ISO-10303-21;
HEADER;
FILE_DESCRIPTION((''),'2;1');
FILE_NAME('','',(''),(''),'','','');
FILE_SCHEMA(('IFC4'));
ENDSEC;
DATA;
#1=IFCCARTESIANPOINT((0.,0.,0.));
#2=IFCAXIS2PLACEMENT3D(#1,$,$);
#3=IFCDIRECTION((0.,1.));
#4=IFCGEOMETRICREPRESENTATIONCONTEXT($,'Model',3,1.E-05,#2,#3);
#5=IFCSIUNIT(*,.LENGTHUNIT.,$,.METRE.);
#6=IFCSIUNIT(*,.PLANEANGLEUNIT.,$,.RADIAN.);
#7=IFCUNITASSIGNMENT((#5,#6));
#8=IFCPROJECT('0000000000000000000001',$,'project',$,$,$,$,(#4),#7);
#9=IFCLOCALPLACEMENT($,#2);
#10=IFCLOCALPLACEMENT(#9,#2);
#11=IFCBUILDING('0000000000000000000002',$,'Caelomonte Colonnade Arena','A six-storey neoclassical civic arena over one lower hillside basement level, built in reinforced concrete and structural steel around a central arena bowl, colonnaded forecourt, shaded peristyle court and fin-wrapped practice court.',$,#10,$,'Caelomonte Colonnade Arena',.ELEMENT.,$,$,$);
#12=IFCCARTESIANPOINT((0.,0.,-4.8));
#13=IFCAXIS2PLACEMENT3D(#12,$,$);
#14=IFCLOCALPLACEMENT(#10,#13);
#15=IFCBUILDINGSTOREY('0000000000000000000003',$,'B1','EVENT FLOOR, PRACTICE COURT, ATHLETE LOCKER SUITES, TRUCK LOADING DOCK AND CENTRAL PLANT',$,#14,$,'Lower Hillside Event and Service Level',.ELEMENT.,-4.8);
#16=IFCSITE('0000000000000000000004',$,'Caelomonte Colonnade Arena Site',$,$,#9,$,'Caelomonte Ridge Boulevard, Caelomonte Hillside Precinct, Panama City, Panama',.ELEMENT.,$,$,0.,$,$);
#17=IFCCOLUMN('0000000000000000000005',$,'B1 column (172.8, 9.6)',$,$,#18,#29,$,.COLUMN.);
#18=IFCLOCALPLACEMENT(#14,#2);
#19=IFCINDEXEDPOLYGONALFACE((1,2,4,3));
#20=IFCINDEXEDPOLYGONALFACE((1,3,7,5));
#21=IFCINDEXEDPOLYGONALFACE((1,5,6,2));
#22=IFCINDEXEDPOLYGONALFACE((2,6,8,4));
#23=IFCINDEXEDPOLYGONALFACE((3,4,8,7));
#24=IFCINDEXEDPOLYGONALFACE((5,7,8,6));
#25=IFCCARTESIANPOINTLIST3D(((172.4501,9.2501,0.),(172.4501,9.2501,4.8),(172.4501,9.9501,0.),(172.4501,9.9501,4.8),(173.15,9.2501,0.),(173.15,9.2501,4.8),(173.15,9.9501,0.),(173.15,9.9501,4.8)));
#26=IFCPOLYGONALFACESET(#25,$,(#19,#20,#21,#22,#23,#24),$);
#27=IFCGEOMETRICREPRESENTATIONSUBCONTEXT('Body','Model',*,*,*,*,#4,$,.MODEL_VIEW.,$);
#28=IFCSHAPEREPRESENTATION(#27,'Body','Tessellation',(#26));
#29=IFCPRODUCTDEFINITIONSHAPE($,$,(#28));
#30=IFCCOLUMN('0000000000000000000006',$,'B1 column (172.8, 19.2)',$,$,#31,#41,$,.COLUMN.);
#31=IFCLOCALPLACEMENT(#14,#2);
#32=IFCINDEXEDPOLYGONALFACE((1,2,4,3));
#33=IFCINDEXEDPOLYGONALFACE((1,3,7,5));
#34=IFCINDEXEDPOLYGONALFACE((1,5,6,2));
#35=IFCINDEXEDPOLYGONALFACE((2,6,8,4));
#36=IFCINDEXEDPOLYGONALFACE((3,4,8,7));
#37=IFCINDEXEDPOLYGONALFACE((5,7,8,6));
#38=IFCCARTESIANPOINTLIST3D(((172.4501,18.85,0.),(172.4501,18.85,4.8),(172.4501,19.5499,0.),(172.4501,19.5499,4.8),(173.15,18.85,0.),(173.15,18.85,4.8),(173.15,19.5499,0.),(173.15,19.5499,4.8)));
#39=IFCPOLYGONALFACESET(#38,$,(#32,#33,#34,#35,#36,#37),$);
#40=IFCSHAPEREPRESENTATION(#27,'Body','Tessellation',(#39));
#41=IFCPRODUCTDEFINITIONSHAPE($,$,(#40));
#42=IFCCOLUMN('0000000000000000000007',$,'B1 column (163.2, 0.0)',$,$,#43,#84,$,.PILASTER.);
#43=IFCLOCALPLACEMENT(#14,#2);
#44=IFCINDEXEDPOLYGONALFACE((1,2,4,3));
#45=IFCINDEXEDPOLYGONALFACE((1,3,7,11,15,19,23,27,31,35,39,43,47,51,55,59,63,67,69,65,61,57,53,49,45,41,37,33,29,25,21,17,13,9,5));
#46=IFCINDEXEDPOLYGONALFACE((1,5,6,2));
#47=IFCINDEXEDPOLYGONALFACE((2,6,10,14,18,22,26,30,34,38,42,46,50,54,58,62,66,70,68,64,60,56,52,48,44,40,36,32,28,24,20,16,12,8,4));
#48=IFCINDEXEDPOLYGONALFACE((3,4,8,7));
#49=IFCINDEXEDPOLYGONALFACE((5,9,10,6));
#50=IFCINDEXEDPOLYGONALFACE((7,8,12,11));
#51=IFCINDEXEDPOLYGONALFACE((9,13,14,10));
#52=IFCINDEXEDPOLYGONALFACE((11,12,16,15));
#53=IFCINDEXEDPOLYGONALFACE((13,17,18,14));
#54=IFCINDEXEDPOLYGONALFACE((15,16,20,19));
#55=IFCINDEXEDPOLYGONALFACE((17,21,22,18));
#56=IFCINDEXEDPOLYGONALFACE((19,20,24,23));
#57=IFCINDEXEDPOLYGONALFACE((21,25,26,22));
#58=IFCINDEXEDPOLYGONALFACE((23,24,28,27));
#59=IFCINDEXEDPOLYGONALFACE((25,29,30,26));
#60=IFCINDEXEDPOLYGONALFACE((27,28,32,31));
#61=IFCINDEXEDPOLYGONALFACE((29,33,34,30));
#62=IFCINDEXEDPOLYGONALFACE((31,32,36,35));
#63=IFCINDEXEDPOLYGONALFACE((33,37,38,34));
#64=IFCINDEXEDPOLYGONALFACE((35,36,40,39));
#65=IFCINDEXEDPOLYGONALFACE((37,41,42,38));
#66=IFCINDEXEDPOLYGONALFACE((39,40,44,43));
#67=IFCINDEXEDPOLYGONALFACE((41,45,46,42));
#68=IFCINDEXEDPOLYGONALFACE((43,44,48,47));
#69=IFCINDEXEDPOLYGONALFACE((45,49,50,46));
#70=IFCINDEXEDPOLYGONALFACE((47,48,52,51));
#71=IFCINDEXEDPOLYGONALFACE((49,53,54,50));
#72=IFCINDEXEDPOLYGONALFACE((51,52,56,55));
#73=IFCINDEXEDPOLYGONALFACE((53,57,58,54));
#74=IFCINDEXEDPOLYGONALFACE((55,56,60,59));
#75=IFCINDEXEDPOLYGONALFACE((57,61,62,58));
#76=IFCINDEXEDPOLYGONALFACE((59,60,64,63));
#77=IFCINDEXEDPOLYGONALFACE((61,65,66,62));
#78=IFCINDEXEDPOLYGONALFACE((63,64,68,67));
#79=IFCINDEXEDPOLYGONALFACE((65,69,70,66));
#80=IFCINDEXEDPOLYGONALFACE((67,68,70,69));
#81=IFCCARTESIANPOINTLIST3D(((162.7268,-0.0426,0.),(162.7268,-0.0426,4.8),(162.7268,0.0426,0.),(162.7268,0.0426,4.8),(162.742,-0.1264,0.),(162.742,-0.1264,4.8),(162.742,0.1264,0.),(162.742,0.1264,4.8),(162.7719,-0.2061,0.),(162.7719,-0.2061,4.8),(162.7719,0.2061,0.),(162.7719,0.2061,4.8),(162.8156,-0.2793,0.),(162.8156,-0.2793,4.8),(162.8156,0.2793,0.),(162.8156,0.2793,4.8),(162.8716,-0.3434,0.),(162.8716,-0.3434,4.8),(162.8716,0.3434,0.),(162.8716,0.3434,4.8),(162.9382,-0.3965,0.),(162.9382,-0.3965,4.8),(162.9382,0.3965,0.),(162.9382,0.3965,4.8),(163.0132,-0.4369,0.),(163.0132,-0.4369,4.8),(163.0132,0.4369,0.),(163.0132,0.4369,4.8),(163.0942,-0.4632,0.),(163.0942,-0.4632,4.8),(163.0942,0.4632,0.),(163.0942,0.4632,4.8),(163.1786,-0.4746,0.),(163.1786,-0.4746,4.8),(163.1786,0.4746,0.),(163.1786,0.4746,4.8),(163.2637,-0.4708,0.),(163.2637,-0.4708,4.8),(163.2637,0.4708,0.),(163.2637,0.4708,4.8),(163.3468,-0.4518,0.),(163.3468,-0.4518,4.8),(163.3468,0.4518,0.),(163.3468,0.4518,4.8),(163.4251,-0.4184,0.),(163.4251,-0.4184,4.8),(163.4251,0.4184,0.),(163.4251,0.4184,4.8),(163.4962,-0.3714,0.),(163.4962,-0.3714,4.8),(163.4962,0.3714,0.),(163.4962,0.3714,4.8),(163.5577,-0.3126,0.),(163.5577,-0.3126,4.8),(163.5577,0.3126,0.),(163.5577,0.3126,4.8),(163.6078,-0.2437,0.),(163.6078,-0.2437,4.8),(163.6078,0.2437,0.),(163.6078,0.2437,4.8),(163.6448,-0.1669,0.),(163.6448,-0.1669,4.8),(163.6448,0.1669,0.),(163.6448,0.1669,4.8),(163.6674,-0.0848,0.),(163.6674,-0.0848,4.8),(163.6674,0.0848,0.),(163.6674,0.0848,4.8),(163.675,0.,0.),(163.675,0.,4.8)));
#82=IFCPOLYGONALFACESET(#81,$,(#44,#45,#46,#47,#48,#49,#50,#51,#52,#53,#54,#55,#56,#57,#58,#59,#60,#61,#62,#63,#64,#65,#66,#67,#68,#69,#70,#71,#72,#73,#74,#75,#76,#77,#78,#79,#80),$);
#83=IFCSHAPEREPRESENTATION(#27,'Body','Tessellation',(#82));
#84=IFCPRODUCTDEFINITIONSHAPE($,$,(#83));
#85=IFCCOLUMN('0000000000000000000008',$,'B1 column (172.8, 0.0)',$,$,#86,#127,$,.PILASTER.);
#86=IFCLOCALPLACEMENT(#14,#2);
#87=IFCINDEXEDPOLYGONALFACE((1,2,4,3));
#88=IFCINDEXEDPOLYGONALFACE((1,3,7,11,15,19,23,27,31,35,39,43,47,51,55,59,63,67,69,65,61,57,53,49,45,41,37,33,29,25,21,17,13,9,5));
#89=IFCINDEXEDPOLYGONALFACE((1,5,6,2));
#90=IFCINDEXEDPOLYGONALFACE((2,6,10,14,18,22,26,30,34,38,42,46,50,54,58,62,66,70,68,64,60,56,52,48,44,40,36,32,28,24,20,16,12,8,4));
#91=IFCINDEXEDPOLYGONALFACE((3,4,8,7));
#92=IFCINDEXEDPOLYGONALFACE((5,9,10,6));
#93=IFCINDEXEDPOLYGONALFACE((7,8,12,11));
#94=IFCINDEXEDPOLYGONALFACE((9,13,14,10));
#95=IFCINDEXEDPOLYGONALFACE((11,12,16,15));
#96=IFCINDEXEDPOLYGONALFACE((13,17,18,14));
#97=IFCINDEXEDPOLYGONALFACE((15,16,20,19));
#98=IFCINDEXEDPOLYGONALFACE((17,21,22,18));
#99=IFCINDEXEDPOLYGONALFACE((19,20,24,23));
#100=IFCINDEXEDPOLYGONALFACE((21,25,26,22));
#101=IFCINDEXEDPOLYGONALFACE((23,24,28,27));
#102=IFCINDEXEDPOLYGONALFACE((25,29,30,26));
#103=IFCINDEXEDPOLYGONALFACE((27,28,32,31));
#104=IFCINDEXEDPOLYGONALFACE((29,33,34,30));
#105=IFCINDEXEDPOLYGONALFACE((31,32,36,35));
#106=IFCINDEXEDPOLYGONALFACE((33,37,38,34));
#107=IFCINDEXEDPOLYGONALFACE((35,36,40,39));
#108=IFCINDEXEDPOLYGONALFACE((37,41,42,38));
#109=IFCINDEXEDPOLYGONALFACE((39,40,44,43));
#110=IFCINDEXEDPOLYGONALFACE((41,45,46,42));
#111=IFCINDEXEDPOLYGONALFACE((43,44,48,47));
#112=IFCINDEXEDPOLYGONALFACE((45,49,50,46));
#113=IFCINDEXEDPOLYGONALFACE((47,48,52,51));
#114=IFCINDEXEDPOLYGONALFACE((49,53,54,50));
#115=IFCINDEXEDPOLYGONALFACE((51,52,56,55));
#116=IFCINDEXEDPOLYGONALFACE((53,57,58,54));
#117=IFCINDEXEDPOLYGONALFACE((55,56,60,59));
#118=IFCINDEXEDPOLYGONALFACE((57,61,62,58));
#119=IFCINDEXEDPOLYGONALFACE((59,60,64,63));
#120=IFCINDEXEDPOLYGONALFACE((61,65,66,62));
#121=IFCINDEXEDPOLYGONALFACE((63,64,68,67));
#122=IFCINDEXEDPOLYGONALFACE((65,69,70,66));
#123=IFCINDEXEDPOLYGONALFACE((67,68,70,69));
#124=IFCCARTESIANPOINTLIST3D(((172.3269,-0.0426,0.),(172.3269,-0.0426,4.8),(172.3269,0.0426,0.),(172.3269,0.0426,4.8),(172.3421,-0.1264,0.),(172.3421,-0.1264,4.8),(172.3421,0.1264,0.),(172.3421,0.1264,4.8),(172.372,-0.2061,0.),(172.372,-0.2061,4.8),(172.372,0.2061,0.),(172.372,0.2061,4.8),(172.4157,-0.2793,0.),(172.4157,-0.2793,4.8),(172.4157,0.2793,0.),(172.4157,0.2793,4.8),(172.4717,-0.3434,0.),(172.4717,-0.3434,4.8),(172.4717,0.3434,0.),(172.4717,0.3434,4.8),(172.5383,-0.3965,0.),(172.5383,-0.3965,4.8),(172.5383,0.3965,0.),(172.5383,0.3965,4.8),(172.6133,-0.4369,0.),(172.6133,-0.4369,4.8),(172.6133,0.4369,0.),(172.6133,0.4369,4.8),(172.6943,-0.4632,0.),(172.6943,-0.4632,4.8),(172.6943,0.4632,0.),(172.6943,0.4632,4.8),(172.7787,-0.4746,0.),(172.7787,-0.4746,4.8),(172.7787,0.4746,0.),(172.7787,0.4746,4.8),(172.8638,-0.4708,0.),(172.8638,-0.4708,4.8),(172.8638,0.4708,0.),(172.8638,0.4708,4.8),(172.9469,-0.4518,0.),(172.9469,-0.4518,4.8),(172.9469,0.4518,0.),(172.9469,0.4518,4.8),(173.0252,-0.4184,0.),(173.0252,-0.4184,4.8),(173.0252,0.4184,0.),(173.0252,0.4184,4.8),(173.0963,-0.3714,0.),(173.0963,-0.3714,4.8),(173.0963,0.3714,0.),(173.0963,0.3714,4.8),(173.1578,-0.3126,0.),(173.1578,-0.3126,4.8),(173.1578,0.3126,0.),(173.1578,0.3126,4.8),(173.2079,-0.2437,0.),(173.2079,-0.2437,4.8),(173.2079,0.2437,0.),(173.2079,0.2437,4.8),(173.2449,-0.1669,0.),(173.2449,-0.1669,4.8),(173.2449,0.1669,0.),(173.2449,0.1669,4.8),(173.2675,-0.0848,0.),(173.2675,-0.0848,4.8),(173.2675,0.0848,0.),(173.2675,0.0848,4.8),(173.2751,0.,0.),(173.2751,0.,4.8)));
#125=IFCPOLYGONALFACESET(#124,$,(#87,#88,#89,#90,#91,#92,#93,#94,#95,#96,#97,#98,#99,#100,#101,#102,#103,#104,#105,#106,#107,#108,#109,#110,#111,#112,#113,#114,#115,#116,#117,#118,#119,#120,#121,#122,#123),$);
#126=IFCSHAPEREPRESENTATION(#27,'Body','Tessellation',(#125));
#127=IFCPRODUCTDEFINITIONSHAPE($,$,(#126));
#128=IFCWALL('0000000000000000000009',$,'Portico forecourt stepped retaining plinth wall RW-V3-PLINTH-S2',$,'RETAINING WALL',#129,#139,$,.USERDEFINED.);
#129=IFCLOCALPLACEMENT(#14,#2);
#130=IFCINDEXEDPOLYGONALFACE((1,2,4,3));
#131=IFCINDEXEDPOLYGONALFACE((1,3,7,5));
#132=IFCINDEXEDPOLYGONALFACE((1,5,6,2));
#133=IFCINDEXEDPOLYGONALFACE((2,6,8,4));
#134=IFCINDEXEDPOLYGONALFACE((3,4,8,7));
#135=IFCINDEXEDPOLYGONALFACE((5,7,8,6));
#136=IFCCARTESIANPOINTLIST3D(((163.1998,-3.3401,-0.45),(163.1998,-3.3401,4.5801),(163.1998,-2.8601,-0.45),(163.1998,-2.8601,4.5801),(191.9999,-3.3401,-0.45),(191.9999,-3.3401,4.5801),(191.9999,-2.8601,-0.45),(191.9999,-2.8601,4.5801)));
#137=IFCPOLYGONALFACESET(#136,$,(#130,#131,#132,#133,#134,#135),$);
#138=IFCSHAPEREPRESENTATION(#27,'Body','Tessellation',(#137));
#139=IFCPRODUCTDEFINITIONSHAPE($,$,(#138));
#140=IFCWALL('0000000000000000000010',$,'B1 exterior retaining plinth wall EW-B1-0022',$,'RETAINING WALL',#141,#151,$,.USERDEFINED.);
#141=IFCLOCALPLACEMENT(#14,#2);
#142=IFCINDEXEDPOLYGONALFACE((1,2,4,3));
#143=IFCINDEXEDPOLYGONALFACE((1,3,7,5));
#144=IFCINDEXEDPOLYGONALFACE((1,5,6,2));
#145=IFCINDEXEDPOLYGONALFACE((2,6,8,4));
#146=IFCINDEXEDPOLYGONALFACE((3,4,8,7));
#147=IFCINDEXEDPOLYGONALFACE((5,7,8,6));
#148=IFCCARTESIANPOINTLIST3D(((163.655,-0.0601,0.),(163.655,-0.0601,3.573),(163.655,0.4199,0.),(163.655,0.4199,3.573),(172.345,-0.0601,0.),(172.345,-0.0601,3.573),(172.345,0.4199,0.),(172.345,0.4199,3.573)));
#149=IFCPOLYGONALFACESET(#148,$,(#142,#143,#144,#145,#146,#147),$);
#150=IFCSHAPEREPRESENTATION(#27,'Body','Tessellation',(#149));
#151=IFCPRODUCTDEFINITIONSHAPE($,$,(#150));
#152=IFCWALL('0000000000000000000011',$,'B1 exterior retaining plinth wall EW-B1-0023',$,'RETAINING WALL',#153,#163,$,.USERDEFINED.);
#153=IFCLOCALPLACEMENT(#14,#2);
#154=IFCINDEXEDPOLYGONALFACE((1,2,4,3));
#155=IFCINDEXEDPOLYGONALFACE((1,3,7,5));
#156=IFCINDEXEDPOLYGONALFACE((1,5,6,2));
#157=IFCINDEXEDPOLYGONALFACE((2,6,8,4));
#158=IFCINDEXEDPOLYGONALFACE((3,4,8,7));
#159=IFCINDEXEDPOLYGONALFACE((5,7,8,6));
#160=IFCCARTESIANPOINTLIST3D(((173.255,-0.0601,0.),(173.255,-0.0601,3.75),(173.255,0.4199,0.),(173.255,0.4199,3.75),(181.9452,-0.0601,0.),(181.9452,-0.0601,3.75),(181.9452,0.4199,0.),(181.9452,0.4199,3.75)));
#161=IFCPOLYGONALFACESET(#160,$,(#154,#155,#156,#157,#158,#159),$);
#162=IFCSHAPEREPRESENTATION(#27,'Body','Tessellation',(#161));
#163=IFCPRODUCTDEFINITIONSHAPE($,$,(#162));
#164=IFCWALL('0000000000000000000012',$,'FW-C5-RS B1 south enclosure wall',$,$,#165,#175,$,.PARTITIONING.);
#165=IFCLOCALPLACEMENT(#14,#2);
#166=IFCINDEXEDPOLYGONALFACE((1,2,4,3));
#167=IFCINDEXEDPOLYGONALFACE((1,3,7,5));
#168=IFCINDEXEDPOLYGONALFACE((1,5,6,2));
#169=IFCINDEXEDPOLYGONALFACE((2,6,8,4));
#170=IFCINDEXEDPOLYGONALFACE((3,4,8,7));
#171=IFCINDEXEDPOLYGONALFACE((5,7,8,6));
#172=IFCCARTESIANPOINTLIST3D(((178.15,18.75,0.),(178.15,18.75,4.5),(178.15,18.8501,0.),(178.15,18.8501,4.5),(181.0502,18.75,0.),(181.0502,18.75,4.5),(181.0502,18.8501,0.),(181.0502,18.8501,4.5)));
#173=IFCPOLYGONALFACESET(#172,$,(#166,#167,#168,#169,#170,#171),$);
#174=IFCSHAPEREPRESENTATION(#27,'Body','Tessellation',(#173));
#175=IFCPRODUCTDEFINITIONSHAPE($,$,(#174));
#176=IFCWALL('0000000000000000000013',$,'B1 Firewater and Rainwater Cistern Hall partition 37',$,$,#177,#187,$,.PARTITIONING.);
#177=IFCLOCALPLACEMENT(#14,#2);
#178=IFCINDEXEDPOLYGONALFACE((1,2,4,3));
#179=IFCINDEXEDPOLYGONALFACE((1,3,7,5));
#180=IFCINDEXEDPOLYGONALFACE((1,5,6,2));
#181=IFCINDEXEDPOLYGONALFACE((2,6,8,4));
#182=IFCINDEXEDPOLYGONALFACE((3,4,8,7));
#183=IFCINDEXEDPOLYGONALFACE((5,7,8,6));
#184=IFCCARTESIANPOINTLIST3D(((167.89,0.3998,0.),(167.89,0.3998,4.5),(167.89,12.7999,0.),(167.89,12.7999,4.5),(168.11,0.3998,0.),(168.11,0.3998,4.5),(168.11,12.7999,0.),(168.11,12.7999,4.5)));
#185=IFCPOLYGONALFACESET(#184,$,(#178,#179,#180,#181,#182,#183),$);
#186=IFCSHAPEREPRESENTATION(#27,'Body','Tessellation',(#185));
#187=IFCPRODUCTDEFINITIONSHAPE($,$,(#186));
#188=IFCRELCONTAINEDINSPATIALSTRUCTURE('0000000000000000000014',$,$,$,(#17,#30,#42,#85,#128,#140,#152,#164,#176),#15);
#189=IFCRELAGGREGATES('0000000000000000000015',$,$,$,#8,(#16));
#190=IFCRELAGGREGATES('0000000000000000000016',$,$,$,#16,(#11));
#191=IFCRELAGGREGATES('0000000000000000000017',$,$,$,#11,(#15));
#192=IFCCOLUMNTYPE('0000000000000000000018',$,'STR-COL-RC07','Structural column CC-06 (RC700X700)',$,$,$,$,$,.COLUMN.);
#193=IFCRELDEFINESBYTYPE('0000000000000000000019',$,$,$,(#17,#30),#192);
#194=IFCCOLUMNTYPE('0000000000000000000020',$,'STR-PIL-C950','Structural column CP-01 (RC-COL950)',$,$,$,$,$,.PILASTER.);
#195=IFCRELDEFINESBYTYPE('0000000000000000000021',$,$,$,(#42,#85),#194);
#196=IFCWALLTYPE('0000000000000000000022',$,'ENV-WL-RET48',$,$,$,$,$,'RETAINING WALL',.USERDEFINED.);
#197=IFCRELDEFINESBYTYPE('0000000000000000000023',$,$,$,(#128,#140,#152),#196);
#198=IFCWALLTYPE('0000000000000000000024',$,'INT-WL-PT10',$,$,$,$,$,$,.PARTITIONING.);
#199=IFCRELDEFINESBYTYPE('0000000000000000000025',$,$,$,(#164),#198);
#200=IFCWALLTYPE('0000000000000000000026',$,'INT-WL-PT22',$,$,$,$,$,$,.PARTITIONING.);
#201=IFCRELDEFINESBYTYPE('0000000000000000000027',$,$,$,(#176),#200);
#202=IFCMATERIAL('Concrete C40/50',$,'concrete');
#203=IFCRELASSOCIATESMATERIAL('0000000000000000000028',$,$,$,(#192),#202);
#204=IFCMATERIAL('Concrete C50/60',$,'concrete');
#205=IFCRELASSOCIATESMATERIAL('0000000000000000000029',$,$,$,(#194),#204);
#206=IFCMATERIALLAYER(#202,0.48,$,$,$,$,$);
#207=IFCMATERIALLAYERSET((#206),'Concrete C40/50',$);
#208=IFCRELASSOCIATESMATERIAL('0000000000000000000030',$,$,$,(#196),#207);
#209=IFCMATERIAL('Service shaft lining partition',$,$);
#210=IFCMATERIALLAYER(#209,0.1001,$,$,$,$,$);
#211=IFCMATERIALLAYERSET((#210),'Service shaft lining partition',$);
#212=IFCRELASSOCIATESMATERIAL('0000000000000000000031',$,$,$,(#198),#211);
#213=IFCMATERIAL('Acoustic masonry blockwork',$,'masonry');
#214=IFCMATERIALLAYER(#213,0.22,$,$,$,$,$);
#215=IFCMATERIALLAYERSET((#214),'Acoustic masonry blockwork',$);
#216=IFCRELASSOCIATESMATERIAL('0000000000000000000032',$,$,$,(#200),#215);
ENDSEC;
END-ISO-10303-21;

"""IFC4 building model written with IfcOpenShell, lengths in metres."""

from ifc_helpers import new_model, si_unit, direction, frame, frame_2d, origin, origin_2d, place, context, subcontext, project, spatial, rectangle, circle, extrude, material, layer, layer_set, material_profile, profile_set, type_object, element, save


model = new_model("IFC4")

# Units and contexts
model_context = context("Model", 3, precision=1e-05, world=origin(), true_north=direction((0.0, 1.0)))
body_context = subcontext(model_context, "Body", "Model", "MODEL_VIEW")
ifc_project = project(units=[si_unit("LENGTHUNIT", "METRE"), si_unit("PLANEANGLEUNIT", "RADIAN")], contexts=[model_context])

# Site, building, storey
site_placement = place(None, origin())
site = spatial("IfcSite", under=ifc_project, at=site_placement, Name="Caelomonte Colonnade Arena Site", LongName="Caelomonte Ridge Boulevard, Caelomonte Hillside Precinct, Panama City, Panama", CompositionType="ELEMENT", RefElevation=0.0)
building_placement = place(site_placement, origin())
building = spatial("IfcBuilding", under=site, at=building_placement, Name="Caelomonte Colonnade Arena", Description="A six-storey neoclassical civic arena over one lower hillside basement level, built in reinforced concrete and structural steel around a central arena bowl, colonnaded forecourt, shaded peristyle court and fin-wrapped practice court.", LongName="Caelomonte Colonnade Arena", CompositionType="ELEMENT")
storey_placement = place(building_placement, frame((0.0, 0.0, -4.8)))
storey = spatial("IfcBuildingStorey", under=building, at=storey_placement, Name="B1", Description="EVENT FLOOR, PRACTICE COURT, ATHLETE LOCKER SUITES, TRUCK LOADING DOCK AND CENTRAL PLANT", LongName="Lower Hillside Event and Service Level", CompositionType="ELEMENT", Elevation=-4.8)

# Shared definitions
ifc_material_1 = material(Name="Concrete C40/50", Category="concrete")

# Columns
ifc_material_profile_1 = material_profile(ifc_material_1, rectangle(XDim=0.7, YDim=0.7, at=origin_2d()), Name="RC700X700")
ifc_profile_set_1 = profile_set([ifc_material_profile_1], Name="Concrete C40/50")
column_type_1 = type_object("IfcColumnType", Name="STR-COL-RC07", Description="Structural column CC-06 (RC700X700)", PredefinedType="COLUMN", material=ifc_profile_set_1)
for number, where, z_axis, x_axis, name in (
    (1, (172.8, 9.6001, 0.0), (0.0, 0.0, 1.0), (1.0, 0.0, 0.0), "B1 column (172.8, 9.6)"),
    (2, (172.8, 19.2, 0.0), (0.0, 0.0, 1.0), (1.0, 0.0, 0.0), "B1 column (172.8, 19.2)"),
):
    element("IfcColumn", number, at=place(storey_placement, frame(where, z_axis=z_axis, x_axis=x_axis)), inside=storey, type_object=column_type_1, Name=name, PredefinedType="COLUMN", context=body_context, shape_type="SweptSolid", body=[
        extrude(rectangle(XDim=0.7, YDim=0.7, at=origin_2d()), origin(), (0.0, 0.0, 1.0), 4.8),
    ])
ifc_material_2 = material(Name="Concrete C50/60", Category="concrete")
ifc_material_profile_2 = material_profile(ifc_material_2, circle(Radius=0.4751, at=origin_2d()), Name="RC-COL950")
ifc_profile_set_2 = profile_set([ifc_material_profile_2], Name="Concrete C50/60")
column_type_2 = type_object("IfcColumnType", Name="STR-PIL-C950", Description="Structural column CP-01 (RC-COL950)", PredefinedType="PILASTER", material=ifc_profile_set_2)
for number, where, z_axis, x_axis, name in (
    (3, (163.2, 0.0, 0.0), (0.0, 0.0, 1.0), (1.0, 0.0, 0.0), "B1 column (163.2, 0.0)"),
    (4, (172.8, 0.0, 0.0), (0.0, 0.0, 1.0), (1.0, 0.0, 0.0), "B1 column (172.8, 0.0)"),
):
    element("IfcColumn", number, at=place(storey_placement, frame(where, z_axis=z_axis, x_axis=x_axis)), inside=storey, type_object=column_type_2, Name=name, PredefinedType="PILASTER", context=body_context, shape_type="SweptSolid", body=[
        extrude(circle(Radius=0.4751, at=origin_2d()), origin(), (0.0, 0.0, 1.0), 4.8),
    ])

# Walls
ifc_layer_1 = layer(ifc_material_1, 0.48)
ifc_layer_set_1 = layer_set([ifc_layer_1], Name="Concrete C40/50")
wall_type_1 = type_object("IfcWallType", Name="ENV-WL-RET48", ElementType="RETAINING WALL", PredefinedType="USERDEFINED", material=ifc_layer_set_1)
wall_1_placement = place(storey_placement, frame((163.2, -3.1001, -0.45), z_axis=(0.0, 0.0, 1.0), x_axis=(1.0, 0.0, 0.0)))
element("IfcWall", 5, at=wall_1_placement, inside=storey, type_object=wall_type_1, Name="Portico forecourt stepped retaining plinth wall RW-V3-PLINTH-S2", ObjectType="RETAINING WALL", PredefinedType="USERDEFINED", context=body_context, shape_type="SweptSolid", body=[
    extrude(rectangle(XDim=28.8, YDim=0.48, at=frame_2d((14.3999, 0.0))), origin(), (0.0, 0.0, 1.0), 5.03),
])
wall_2_placement = place(storey_placement, frame((163.655, 0.1799, 0.0), z_axis=(0.0, 0.0, 1.0), x_axis=(1.0, 0.0, 0.0)))
element("IfcWall", 6, at=wall_2_placement, inside=storey, type_object=wall_type_1, Name="B1 exterior retaining plinth wall EW-B1-0022", ObjectType="RETAINING WALL", PredefinedType="USERDEFINED", context=body_context, shape_type="SweptSolid", body=[
    extrude(rectangle(XDim=8.6899, YDim=0.48, at=frame_2d((4.345, 0.0))), origin(), (0.0, 0.0, 1.0), 3.573),
])
wall_3_placement = place(storey_placement, frame((173.2549, 0.1799, 0.0), z_axis=(0.0, 0.0, 1.0), x_axis=(1.0, 0.0, 0.0)))
element("IfcWall", 7, at=wall_3_placement, inside=storey, type_object=wall_type_1, Name="B1 exterior retaining plinth wall EW-B1-0023", ObjectType="RETAINING WALL", PredefinedType="USERDEFINED", context=body_context, shape_type="SweptSolid", body=[
    extrude(rectangle(XDim=8.6902, YDim=0.48, at=frame_2d((4.3452, 0.0))), origin(), (0.0, 0.0, 1.0), 3.75),
])
ifc_material_3 = material(Name="Service shaft lining partition")
ifc_layer_2 = layer(ifc_material_3, 0.1001)
ifc_layer_set_2 = layer_set([ifc_layer_2], Name="Service shaft lining partition")
wall_type_2 = type_object("IfcWallType", Name="INT-WL-PT10", PredefinedType="PARTITIONING", material=ifc_layer_set_2)
wall_4_placement = place(storey_placement, frame((178.1499, 18.8, 0.0), z_axis=(0.0, 0.0, 1.0), x_axis=(1.0, 0.0, 0.0)))
element("IfcWall", 8, at=wall_4_placement, inside=storey, type_object=wall_type_2, Name="FW-C5-RS B1 south enclosure wall", PredefinedType="PARTITIONING", context=body_context, shape_type="SweptSolid", body=[
    extrude(rectangle(XDim=2.9001, YDim=0.1001, at=frame_2d((1.4502, 0.0))), origin(), (0.0, 0.0, 1.0), 4.5),
])
ifc_material_4 = material(Name="Acoustic masonry blockwork", Category="masonry")
ifc_layer_3 = layer(ifc_material_4, 0.22)
ifc_layer_set_3 = layer_set([ifc_layer_3], Name="Acoustic masonry blockwork")
wall_type_3 = type_object("IfcWallType", Name="INT-WL-PT22", PredefinedType="PARTITIONING", material=ifc_layer_set_3)
wall_5_placement = place(storey_placement, frame((168.0, 12.8, 0.0), z_axis=(0.0, 0.0, 1.0), x_axis=(0.0, -1.0, 0.0)))
element("IfcWall", 9, at=wall_5_placement, inside=storey, type_object=wall_type_3, Name="B1 Firewater and Rainwater Cistern Hall partition 37", PredefinedType="PARTITIONING", context=body_context, shape_type="SweptSolid", body=[
    extrude(rectangle(XDim=12.4001, YDim=0.22, at=frame_2d((6.2002, 0.0))), origin(), (0.0, 0.0, 1.0), 4.5),
])

save(model, "model.ifc")
